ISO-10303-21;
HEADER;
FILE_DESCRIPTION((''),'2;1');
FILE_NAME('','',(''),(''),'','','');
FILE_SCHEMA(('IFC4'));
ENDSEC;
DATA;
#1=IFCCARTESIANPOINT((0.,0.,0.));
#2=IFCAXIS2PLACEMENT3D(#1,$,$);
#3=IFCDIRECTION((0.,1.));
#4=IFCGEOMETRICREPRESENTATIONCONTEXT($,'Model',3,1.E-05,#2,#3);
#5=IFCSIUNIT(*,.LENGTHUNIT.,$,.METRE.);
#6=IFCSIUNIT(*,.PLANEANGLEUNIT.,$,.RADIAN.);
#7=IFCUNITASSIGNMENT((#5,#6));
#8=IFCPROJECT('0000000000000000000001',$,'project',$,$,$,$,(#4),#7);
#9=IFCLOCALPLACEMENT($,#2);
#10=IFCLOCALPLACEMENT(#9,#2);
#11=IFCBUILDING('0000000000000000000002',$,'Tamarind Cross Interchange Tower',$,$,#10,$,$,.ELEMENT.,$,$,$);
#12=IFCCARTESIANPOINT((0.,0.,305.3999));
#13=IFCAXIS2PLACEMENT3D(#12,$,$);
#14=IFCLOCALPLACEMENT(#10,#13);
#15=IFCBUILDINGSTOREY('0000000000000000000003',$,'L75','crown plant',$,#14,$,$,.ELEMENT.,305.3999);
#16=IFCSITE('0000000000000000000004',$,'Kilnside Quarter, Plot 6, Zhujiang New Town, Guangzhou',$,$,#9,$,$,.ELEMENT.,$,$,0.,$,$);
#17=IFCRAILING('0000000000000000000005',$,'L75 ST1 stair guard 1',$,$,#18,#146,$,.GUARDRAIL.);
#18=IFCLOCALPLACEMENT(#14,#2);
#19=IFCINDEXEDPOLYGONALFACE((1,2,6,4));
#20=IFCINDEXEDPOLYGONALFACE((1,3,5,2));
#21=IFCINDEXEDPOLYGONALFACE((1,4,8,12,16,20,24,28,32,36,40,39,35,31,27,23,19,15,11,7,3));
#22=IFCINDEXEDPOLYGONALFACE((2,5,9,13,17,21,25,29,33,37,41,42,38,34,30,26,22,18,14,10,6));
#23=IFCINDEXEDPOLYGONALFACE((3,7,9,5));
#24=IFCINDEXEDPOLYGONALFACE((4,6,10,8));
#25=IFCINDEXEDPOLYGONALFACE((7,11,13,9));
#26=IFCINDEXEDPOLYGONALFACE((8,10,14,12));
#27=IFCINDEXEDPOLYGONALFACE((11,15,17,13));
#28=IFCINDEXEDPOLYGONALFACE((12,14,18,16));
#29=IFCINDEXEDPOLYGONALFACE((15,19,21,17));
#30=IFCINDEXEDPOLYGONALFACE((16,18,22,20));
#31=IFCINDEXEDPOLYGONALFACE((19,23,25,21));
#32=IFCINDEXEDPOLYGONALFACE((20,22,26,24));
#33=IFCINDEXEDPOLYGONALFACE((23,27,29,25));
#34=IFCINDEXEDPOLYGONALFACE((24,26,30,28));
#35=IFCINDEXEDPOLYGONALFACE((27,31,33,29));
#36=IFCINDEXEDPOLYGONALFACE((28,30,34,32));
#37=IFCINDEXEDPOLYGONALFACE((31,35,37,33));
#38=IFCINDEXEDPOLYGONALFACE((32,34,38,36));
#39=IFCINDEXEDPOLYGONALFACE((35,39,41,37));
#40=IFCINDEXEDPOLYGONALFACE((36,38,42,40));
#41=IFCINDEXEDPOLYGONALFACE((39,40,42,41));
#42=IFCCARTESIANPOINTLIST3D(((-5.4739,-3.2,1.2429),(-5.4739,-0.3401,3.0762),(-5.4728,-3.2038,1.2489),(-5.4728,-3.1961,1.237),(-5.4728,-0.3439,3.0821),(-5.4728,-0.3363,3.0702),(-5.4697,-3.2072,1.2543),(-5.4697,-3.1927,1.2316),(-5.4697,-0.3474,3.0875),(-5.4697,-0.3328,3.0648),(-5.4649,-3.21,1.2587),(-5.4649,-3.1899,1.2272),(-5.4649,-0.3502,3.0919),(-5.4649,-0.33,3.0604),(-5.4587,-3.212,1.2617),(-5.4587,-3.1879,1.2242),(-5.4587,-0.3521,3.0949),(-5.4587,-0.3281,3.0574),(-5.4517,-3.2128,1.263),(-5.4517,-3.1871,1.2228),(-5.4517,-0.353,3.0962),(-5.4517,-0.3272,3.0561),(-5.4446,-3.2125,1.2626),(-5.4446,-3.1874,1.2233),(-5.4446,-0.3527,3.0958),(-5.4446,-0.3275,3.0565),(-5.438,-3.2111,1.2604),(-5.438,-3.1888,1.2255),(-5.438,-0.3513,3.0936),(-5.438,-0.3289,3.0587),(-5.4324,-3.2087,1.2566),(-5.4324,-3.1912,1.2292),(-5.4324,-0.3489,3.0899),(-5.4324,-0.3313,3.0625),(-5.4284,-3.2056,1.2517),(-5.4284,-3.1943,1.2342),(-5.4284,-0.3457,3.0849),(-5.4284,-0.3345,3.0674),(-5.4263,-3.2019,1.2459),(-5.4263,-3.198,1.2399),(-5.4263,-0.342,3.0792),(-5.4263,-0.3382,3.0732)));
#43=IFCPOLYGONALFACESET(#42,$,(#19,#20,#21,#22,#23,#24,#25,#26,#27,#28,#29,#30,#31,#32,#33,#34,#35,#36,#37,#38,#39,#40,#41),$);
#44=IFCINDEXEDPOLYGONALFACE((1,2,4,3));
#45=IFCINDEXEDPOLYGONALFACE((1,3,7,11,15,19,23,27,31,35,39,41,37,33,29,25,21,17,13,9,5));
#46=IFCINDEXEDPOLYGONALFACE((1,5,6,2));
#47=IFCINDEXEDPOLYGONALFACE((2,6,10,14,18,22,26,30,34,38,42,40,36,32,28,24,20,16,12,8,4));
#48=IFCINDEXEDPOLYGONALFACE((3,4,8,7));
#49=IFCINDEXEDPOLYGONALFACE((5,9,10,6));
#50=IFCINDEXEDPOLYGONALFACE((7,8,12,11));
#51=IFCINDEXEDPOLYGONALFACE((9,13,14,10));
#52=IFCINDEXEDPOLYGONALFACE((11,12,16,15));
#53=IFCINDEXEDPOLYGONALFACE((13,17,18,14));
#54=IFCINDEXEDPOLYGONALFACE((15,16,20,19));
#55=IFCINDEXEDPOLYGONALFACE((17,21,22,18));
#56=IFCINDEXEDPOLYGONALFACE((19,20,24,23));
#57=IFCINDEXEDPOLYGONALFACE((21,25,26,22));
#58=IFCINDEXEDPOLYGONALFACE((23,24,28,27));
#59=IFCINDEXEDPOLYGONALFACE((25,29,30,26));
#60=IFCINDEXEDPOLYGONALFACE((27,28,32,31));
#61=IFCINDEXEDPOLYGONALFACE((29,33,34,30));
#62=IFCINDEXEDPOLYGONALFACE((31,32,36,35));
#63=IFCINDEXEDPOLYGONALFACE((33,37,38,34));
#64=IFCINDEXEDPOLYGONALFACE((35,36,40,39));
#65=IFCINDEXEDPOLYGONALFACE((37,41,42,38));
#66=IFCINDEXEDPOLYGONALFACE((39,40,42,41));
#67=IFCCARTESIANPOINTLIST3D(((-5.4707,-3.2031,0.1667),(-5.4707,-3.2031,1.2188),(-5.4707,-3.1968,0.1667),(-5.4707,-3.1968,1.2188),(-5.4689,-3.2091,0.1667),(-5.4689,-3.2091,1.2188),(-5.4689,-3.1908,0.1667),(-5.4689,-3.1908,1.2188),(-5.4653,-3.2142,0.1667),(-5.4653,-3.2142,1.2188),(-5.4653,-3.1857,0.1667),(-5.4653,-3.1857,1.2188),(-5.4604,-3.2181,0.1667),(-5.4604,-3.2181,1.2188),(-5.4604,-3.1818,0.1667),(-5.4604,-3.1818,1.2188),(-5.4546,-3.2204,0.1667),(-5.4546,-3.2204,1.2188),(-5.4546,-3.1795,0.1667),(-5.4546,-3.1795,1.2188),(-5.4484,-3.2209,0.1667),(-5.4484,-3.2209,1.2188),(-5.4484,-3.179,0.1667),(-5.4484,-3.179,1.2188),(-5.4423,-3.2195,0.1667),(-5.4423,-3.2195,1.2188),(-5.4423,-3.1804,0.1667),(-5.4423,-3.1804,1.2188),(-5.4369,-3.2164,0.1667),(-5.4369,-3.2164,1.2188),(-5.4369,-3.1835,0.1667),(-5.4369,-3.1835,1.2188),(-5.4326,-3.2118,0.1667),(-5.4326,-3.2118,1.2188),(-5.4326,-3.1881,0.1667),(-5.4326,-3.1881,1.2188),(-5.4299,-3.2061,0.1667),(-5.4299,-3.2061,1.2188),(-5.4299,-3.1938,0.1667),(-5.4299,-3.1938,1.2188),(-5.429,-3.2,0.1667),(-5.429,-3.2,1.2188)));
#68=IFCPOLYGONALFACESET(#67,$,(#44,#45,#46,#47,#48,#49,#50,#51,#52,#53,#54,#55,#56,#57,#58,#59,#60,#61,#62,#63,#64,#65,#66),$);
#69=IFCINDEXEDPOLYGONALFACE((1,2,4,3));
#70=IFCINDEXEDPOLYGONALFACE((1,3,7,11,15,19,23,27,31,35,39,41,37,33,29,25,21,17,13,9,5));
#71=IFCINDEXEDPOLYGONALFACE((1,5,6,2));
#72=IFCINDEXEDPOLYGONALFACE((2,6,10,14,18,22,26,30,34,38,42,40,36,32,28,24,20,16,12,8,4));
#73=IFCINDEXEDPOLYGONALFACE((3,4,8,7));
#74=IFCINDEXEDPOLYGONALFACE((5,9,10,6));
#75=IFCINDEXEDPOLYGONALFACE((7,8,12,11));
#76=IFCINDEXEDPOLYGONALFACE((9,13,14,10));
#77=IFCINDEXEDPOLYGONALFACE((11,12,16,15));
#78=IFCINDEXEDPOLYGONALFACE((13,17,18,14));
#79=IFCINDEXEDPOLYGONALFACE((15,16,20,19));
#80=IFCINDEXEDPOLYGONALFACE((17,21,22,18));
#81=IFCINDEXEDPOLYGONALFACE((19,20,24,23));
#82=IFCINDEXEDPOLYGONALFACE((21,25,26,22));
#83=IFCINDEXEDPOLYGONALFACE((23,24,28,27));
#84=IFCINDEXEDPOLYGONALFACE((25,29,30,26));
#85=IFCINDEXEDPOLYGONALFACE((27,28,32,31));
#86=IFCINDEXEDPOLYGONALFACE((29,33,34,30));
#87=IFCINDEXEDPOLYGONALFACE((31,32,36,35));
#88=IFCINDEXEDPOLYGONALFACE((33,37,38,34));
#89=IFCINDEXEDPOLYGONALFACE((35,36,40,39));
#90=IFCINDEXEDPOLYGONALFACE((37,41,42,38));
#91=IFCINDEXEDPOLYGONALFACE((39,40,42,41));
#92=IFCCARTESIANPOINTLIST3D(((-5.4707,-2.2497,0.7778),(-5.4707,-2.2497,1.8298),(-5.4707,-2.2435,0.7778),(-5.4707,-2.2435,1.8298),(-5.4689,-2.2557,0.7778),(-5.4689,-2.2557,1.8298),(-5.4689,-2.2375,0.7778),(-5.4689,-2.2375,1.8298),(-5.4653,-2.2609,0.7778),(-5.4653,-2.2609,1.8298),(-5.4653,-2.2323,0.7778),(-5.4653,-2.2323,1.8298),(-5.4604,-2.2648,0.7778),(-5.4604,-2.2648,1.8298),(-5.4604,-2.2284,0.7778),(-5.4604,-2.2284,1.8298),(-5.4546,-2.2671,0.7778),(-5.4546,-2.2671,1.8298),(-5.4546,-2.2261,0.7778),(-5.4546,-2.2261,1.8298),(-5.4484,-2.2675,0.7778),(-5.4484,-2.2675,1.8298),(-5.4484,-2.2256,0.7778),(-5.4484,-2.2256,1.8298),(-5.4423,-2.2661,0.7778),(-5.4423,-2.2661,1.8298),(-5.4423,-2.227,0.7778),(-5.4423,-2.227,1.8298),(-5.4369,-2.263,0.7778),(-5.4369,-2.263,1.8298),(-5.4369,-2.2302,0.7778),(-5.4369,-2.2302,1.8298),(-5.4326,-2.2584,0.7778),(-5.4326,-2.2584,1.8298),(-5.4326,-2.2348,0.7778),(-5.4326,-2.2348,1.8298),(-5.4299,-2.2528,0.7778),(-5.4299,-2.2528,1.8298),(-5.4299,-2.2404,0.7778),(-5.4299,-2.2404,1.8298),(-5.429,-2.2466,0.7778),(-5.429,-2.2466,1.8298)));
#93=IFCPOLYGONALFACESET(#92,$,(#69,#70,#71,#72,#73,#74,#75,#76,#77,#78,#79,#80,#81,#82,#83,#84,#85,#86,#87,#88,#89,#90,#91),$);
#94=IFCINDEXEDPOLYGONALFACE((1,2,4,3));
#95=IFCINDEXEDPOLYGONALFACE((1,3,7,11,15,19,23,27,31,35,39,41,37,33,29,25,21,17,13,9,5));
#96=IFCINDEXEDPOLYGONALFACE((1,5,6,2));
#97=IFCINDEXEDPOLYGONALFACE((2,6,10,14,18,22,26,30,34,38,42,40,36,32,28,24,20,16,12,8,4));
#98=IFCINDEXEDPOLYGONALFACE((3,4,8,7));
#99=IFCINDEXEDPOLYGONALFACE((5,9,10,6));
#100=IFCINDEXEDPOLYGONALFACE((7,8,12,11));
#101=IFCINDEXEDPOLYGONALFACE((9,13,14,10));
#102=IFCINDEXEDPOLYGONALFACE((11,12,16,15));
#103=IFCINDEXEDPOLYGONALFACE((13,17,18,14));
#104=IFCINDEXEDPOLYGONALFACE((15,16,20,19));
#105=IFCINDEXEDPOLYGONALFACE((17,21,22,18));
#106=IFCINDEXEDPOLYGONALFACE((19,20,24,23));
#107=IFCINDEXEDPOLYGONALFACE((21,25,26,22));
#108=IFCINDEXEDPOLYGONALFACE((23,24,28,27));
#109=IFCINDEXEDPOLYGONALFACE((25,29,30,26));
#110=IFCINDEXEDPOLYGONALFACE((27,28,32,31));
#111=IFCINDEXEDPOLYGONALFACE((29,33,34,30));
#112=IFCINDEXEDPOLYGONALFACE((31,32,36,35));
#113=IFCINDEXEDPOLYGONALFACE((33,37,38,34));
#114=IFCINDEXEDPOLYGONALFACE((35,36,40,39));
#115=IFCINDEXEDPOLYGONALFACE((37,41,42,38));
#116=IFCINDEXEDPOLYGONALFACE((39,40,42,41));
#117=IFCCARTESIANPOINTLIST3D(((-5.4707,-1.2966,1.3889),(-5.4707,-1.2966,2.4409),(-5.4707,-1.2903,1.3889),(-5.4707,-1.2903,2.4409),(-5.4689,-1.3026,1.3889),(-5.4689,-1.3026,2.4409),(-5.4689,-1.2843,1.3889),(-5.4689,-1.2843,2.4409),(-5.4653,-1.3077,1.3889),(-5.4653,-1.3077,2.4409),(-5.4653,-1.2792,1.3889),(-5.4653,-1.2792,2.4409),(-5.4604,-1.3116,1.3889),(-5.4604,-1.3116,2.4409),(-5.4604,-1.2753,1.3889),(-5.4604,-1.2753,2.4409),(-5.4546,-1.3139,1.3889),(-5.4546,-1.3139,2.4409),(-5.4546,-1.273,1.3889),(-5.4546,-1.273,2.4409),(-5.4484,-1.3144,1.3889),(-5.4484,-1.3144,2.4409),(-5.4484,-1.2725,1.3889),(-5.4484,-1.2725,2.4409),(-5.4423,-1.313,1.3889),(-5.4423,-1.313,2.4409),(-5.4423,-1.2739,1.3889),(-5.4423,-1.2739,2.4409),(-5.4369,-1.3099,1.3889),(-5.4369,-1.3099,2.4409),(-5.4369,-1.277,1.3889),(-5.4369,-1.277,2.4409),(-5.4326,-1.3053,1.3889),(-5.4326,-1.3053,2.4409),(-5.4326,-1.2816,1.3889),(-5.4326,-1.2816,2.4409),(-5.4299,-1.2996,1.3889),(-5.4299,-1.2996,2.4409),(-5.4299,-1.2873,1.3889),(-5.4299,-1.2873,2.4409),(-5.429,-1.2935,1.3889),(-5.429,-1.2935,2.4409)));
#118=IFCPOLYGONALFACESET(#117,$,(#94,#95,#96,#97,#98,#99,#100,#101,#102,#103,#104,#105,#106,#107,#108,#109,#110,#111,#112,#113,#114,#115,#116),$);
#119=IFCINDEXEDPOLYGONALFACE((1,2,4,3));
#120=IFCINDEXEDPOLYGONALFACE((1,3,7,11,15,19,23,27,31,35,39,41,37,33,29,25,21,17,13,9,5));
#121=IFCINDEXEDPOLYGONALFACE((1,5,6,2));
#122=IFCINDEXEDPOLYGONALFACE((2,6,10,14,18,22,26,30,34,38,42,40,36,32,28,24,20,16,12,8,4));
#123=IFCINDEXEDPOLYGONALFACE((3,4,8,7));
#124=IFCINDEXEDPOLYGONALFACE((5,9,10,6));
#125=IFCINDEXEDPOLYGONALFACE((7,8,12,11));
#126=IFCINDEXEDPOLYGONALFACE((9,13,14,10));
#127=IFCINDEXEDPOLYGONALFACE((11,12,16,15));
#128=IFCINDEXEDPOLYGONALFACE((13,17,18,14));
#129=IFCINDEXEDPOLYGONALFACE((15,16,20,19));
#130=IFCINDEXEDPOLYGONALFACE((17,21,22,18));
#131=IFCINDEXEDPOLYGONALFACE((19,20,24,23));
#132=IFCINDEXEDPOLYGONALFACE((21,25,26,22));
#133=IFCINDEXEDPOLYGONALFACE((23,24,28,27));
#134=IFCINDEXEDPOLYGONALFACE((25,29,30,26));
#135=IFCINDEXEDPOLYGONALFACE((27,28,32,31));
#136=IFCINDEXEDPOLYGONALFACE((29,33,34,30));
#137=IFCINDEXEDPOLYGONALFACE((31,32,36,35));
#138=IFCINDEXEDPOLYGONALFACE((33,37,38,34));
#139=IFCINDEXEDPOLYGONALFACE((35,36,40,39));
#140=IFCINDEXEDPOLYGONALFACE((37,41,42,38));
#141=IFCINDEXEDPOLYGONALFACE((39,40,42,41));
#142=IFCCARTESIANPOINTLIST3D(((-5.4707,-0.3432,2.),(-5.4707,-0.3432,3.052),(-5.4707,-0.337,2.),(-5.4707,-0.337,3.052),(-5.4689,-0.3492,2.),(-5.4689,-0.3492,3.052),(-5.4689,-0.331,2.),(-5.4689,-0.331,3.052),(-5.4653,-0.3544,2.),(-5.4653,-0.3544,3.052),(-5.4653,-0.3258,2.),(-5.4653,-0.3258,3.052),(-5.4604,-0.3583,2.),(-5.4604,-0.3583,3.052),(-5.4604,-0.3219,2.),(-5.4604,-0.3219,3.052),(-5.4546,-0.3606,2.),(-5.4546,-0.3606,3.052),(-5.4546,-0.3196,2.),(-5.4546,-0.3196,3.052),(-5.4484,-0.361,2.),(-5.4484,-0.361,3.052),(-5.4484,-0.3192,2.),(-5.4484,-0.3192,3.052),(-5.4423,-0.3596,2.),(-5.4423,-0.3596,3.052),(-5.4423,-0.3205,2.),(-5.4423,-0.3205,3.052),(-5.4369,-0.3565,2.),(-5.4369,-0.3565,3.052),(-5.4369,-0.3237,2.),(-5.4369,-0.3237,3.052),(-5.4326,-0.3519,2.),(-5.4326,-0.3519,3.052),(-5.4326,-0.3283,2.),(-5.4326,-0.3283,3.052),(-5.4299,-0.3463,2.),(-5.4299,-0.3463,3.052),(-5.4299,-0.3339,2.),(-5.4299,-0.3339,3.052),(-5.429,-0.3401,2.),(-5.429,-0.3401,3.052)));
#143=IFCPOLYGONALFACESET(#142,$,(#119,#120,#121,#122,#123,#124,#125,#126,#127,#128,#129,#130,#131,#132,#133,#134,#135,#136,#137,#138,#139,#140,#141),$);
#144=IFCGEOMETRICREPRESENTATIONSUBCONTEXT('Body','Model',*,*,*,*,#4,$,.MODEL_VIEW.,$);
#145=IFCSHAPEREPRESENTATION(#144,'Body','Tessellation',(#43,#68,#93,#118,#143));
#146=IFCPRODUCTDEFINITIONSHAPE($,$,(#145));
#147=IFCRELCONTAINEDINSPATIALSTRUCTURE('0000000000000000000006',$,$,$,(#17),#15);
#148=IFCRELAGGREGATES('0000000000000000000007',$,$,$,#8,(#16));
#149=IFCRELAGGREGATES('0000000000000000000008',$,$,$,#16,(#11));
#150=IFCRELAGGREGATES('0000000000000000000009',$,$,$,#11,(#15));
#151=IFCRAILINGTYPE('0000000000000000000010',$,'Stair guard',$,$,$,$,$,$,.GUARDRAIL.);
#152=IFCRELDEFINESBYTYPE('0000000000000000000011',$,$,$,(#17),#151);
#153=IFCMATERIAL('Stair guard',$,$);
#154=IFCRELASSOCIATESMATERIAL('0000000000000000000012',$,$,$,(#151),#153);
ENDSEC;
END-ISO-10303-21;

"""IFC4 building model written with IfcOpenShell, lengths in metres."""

from ifc_helpers import new_model, si_unit, direction, frame, origin, origin_2d, place, context, subcontext, project, spatial, circle, extrude, material, type_object, element, save


model = new_model("IFC4")

# Units and contexts
model_context = context("Model", 3, precision=1e-05, world=origin(), true_north=direction((0.0, 1.0)))
body_context = subcontext(model_context, "Body", "Model", "MODEL_VIEW")
ifc_project = project(units=[si_unit("LENGTHUNIT", "METRE"), si_unit("PLANEANGLEUNIT", "RADIAN")], contexts=[model_context])

# Site, building, storey
site_placement = place(None, origin())
site = spatial("IfcSite", under=ifc_project, at=site_placement, Name="Kilnside Quarter, Plot 6, Zhujiang New Town, Guangzhou", CompositionType="ELEMENT", RefElevation=0.0)
building_placement = place(site_placement, origin())
building = spatial("IfcBuilding", under=site, at=building_placement, Name="Tamarind Cross Interchange Tower", CompositionType="ELEMENT")
storey_placement = place(building_placement, frame((0.0, 0.0, 305.3999)))
storey = spatial("IfcBuildingStorey", under=building, at=storey_placement, Name="L75", Description="crown plant", CompositionType="ELEMENT", Elevation=305.3999)

# Railing
ifc_material_1 = material(Name="Stair guard")
railing_type_1 = type_object("IfcRailingType", Name="Stair guard", PredefinedType="GUARDRAIL", material=ifc_material_1)
railing_1_placement = place(storey_placement, frame((-5.45, -3.2, 0.1667)))
element("IfcRailing", 1, at=railing_1_placement, inside=storey, type_object=railing_type_1, Name="L75 ST1 stair guard 1", PredefinedType="GUARDRAIL", context=body_context, shape_type="SweptSolid", body=[
    extrude(circle(Radius=0.0239, at=origin_2d()), frame((0.0, 0.0, 1.0762), z_axis=(0.0, 0.841878, 0.539667), x_axis=(-1.0, 0.0, 0.0)), (0.0, 0.0, 1.0), 3.397),
    extrude(circle(Radius=0.021, at=origin_2d()), origin(), (0.0, 0.0, 1.0), 1.052),
    extrude(circle(Radius=0.021, at=origin_2d()), frame((0.0, 0.9534, 0.6111)), (0.0, 0.0, 1.0), 1.052),
    extrude(circle(Radius=0.021, at=origin_2d()), frame((0.0, 1.9065, 1.2222)), (0.0, 0.0, 1.0), 1.052),
    extrude(circle(Radius=0.021, at=origin_2d()), frame((0.0, 2.8599, 1.8333)), (0.0, 0.0, 1.0), 1.052),
])

save(model, "model.ifc")
